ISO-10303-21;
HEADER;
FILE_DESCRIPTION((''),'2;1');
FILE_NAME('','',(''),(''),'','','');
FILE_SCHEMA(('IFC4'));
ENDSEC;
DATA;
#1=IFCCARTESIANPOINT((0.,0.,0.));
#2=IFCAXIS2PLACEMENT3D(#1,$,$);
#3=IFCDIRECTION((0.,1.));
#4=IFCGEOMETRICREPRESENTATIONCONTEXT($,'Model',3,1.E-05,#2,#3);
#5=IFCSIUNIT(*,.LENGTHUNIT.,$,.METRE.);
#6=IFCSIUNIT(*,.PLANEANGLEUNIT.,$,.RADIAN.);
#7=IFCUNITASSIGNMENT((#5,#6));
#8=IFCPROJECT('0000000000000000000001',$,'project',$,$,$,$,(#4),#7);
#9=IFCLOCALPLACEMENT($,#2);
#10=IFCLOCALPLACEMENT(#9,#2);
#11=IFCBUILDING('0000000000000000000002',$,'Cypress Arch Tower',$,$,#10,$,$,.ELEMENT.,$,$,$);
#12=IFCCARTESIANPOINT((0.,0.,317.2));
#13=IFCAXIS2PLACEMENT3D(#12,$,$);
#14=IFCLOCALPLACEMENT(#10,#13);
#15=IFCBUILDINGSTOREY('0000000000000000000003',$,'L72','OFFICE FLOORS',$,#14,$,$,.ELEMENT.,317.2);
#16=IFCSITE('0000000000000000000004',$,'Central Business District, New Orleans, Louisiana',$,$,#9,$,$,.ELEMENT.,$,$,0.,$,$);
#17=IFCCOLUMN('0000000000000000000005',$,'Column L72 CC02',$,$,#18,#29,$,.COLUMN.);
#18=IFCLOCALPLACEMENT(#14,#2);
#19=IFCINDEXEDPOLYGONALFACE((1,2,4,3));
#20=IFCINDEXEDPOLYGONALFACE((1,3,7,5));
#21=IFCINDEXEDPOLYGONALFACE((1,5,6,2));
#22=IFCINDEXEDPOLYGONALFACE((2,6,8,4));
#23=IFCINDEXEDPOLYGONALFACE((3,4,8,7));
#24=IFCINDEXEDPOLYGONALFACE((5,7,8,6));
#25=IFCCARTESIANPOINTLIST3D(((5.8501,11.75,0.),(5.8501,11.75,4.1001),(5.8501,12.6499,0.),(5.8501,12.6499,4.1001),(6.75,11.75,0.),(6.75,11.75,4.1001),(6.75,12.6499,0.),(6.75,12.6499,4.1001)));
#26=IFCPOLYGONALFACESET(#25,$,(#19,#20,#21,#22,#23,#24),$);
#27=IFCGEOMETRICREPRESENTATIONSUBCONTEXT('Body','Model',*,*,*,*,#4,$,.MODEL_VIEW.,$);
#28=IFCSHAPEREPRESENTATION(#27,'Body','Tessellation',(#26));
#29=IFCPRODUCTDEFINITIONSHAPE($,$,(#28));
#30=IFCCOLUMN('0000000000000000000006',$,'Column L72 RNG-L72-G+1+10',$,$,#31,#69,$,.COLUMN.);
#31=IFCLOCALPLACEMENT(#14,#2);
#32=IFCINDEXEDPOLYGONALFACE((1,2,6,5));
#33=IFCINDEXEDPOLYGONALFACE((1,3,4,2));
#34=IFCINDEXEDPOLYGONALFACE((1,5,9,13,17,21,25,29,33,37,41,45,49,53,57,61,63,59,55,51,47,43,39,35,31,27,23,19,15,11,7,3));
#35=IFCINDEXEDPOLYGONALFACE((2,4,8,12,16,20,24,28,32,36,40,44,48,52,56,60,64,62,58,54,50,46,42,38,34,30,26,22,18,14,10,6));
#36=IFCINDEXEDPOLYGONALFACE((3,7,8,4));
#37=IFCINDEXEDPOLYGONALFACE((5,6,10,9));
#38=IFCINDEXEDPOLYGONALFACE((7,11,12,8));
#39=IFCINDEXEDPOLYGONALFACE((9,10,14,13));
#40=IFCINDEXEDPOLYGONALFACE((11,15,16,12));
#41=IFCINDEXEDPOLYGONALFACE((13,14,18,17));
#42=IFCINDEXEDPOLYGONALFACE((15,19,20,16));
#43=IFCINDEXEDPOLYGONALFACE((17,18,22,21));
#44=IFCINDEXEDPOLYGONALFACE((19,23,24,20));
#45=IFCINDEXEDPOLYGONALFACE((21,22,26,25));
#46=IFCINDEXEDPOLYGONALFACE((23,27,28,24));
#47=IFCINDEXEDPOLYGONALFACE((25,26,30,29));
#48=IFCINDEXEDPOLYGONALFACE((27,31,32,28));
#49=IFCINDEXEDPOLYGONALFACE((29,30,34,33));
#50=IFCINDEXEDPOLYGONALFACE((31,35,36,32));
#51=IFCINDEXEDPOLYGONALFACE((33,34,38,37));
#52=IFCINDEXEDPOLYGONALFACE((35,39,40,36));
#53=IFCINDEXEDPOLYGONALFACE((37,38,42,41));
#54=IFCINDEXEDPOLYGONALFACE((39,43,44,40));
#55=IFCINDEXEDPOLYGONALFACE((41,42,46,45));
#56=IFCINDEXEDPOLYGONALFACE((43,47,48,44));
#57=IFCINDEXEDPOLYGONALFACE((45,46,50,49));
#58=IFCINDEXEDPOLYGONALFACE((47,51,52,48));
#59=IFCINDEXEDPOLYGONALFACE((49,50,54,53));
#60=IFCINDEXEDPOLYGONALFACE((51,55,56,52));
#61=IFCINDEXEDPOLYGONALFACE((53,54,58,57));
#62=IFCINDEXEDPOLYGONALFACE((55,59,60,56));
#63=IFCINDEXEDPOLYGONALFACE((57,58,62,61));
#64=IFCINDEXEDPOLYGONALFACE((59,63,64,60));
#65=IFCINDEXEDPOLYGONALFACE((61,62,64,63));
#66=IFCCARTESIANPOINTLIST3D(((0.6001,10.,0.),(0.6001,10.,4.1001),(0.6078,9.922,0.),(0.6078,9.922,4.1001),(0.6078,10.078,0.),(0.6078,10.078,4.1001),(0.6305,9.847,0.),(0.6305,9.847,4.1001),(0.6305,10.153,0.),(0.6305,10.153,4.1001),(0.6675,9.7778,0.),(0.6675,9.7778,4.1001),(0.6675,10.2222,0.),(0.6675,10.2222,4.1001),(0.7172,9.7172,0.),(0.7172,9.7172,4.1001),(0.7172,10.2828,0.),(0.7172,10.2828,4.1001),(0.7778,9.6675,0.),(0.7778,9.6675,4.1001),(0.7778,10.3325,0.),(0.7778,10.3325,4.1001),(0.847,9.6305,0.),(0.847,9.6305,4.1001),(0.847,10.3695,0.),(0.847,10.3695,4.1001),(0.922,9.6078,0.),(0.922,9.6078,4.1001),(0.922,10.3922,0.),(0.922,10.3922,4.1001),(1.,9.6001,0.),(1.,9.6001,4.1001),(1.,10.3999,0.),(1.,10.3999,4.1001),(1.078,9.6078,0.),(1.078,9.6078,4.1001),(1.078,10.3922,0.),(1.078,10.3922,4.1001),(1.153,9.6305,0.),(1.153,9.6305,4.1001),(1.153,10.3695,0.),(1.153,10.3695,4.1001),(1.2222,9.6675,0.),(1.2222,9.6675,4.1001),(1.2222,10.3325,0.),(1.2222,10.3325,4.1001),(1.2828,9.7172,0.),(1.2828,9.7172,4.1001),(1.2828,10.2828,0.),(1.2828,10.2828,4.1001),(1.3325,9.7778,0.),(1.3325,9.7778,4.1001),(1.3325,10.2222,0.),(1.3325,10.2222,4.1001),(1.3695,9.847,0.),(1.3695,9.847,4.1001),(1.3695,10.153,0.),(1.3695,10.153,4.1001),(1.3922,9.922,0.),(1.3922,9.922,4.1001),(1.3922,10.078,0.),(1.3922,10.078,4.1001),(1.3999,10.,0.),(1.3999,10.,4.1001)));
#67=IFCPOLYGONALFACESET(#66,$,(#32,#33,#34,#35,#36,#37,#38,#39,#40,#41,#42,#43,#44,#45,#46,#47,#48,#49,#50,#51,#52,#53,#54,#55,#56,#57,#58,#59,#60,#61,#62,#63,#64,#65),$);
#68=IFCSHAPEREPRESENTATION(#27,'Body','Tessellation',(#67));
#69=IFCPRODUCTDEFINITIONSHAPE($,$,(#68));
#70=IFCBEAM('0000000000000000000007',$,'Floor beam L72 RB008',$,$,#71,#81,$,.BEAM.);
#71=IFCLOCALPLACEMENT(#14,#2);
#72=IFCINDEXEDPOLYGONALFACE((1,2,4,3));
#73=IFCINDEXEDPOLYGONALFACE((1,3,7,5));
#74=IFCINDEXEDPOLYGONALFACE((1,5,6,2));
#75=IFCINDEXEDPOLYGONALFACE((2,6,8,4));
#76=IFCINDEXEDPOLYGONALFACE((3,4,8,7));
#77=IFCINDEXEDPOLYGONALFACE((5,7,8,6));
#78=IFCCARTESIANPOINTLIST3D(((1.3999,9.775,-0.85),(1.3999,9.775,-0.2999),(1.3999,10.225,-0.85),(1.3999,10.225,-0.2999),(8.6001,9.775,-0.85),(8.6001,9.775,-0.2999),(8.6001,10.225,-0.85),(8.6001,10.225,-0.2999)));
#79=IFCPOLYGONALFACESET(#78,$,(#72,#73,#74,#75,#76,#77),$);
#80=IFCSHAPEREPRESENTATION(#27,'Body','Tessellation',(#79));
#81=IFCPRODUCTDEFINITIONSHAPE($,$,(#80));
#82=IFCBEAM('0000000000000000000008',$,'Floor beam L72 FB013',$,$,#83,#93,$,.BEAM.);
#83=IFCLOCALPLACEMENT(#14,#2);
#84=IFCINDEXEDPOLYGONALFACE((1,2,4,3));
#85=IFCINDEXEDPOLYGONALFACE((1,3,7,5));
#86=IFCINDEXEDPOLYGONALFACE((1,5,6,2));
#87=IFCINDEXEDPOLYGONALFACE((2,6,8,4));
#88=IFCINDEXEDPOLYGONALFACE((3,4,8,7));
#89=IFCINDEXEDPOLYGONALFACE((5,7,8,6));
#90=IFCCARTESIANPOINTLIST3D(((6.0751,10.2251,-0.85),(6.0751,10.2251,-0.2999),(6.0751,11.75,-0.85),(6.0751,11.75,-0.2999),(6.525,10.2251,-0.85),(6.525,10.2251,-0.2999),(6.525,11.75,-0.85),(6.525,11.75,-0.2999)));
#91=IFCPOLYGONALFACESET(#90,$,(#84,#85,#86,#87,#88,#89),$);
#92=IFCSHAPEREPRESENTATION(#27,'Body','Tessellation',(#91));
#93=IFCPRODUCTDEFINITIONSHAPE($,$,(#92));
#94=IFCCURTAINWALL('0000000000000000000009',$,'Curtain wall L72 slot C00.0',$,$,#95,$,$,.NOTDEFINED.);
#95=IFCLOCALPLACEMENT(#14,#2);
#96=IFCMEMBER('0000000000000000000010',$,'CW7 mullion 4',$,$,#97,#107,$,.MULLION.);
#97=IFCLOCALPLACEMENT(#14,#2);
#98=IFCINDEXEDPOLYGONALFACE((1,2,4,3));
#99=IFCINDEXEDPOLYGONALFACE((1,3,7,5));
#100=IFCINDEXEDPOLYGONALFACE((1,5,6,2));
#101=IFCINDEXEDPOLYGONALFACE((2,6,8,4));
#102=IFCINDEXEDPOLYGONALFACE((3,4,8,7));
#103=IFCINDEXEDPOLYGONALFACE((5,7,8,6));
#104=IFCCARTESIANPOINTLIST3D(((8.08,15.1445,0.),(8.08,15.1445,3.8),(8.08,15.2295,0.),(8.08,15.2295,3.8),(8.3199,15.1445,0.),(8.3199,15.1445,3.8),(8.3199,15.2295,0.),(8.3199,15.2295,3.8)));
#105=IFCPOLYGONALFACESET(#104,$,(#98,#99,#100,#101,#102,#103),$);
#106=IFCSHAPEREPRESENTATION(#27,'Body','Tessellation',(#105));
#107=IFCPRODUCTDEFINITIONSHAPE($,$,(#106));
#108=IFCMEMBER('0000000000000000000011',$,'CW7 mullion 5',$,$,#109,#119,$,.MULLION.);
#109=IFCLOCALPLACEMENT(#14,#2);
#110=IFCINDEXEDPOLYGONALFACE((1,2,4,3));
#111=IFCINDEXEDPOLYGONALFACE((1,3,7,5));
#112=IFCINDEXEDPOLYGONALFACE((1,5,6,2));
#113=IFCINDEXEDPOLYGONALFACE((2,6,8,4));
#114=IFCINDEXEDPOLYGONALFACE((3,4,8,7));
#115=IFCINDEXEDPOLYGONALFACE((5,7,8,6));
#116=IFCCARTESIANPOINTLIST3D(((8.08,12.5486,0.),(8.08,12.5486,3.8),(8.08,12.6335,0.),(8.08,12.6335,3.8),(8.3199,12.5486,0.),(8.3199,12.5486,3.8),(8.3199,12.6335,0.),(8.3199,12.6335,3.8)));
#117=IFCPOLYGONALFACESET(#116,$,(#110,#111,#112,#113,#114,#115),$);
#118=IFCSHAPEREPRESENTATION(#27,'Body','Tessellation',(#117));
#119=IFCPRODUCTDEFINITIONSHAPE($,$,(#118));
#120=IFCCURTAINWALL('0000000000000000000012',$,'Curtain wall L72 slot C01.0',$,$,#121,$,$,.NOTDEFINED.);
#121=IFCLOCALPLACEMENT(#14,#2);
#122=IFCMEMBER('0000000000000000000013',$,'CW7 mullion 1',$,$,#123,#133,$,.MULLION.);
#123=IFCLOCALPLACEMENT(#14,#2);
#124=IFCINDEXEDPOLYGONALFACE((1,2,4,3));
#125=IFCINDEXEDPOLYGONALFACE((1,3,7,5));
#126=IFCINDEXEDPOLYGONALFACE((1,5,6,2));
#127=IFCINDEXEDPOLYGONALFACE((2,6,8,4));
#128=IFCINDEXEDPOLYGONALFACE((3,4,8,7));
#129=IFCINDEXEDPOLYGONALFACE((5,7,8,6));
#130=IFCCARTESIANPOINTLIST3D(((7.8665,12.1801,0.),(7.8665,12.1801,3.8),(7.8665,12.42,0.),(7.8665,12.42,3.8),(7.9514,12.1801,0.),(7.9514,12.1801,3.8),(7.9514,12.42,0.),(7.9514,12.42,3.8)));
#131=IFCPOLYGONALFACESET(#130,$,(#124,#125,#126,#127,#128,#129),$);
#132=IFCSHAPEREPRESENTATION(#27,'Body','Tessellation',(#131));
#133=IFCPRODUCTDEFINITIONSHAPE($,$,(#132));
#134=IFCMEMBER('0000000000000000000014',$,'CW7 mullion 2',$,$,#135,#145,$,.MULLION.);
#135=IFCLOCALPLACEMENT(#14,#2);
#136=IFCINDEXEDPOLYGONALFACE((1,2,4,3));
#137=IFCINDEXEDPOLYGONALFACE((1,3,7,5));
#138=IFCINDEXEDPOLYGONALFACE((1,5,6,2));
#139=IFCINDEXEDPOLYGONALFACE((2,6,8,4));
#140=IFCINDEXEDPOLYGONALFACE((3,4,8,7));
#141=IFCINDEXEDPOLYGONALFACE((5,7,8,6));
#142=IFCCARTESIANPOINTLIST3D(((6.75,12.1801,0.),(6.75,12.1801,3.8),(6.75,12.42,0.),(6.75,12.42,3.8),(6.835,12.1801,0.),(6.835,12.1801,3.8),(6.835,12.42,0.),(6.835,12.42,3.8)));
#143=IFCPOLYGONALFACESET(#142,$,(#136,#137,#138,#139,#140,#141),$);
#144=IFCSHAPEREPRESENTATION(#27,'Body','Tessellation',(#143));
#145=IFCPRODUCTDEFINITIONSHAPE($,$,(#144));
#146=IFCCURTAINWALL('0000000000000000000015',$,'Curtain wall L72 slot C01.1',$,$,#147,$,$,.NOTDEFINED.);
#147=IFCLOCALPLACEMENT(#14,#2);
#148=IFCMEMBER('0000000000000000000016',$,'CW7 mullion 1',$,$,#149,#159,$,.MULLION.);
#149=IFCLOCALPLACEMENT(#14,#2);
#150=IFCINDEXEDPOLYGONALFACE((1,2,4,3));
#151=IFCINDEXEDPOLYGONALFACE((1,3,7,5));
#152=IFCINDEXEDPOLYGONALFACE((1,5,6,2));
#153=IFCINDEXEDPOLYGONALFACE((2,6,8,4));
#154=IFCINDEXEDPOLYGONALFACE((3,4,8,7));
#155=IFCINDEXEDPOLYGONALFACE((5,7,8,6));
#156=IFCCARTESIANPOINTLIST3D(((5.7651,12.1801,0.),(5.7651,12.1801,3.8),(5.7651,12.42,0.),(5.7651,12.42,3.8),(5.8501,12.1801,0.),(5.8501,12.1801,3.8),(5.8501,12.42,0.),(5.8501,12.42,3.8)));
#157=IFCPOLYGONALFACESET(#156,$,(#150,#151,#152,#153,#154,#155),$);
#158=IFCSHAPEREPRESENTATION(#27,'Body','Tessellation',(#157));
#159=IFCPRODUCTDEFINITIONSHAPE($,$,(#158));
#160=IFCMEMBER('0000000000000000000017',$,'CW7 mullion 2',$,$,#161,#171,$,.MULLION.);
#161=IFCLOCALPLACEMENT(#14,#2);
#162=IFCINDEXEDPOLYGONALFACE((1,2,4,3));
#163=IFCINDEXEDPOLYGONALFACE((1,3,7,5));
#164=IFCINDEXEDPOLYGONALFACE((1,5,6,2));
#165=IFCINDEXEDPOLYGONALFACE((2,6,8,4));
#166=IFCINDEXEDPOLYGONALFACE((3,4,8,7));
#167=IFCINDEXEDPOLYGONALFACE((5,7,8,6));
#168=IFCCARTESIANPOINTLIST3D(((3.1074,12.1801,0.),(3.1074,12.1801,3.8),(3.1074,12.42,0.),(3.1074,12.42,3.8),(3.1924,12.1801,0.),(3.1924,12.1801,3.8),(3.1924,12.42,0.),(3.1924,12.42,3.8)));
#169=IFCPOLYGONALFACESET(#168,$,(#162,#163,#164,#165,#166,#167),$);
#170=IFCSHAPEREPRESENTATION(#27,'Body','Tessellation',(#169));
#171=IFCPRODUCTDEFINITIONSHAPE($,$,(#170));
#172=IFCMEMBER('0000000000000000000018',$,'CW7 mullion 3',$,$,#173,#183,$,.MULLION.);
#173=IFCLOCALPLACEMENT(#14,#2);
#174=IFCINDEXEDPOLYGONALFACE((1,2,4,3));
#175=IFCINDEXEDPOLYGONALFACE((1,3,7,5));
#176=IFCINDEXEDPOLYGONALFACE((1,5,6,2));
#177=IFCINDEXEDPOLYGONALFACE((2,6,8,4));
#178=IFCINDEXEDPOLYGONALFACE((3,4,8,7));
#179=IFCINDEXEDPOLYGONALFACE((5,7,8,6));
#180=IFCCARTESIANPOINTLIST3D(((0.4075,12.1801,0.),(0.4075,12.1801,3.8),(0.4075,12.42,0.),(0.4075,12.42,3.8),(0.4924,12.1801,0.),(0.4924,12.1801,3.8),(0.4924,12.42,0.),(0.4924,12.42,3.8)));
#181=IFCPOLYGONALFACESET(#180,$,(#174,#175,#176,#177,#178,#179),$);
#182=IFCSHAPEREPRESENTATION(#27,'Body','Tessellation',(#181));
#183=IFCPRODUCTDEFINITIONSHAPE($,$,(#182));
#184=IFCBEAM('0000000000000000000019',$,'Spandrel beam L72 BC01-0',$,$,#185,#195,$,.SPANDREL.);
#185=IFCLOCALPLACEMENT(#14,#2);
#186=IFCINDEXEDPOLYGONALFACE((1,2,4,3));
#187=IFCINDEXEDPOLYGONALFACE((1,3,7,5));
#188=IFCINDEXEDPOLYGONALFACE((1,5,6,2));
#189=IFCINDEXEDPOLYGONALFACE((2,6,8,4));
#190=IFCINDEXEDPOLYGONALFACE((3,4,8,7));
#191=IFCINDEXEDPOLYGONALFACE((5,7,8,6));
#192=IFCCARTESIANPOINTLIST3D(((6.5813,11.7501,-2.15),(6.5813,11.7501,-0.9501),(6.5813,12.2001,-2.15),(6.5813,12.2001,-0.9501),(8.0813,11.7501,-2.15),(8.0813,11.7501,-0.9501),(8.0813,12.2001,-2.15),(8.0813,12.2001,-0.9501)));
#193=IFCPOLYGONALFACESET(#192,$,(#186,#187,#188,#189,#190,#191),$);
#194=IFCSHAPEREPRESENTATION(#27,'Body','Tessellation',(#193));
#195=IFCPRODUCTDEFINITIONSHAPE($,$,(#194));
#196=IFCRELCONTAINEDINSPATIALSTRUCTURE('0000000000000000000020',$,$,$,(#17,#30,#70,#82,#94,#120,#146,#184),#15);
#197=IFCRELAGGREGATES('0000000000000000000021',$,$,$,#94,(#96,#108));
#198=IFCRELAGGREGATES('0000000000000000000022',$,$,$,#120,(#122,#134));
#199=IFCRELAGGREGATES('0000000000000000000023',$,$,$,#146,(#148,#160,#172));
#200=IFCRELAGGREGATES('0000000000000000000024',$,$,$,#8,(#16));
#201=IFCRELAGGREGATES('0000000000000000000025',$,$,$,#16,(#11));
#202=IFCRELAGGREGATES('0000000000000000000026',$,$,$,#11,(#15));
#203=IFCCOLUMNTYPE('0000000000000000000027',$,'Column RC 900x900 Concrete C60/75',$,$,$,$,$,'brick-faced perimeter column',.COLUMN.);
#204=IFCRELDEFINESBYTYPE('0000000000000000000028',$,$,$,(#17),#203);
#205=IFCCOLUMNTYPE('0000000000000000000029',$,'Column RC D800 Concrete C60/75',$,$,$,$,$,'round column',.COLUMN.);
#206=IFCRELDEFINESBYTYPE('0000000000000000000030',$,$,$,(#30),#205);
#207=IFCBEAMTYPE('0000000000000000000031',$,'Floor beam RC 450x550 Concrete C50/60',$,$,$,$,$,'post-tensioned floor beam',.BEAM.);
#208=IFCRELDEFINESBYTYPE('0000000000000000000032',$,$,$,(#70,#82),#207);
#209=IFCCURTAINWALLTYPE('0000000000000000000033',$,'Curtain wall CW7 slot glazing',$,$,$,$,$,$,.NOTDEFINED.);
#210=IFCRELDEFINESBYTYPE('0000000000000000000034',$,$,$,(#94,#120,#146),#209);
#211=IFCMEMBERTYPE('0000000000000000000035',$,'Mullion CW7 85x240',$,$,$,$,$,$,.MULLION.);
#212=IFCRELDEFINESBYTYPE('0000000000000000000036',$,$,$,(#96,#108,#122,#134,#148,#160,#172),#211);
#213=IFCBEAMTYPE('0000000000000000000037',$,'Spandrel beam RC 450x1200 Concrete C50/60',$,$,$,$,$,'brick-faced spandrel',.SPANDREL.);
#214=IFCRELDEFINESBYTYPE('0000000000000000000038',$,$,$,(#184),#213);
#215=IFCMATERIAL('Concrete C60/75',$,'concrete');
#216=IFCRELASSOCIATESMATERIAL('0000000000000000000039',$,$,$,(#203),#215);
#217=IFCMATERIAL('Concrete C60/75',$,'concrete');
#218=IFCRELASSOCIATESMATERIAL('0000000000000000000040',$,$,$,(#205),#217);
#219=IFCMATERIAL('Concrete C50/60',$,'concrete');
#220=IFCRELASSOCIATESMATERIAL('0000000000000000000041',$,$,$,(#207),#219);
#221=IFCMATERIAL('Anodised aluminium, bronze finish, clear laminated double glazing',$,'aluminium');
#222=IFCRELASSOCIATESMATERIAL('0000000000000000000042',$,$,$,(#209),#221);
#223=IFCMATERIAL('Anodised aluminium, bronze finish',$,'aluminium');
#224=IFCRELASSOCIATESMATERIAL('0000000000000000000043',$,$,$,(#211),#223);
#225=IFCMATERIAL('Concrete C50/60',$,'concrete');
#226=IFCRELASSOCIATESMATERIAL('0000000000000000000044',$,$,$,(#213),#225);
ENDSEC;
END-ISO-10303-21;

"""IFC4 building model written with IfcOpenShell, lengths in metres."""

from ifc_helpers import new_model, si_unit, direction, frame, origin, origin_2d, place, context, subcontext, project, spatial, rectangle, circle, extrude, material, material_profile, profile_set, type_object, element, aggregate, save


model = new_model("IFC4")

# Units and contexts
model_context = context("Model", 3, precision=1e-05, world=origin(), true_north=direction((0.0, 1.0)))
body_context = subcontext(model_context, "Body", "Model", "MODEL_VIEW")
ifc_project = project(units=[si_unit("LENGTHUNIT", "METRE"), si_unit("PLANEANGLEUNIT", "RADIAN")], contexts=[model_context])

# Site, building, storey
site_placement = place(None, origin())
site = spatial("IfcSite", under=ifc_project, at=site_placement, Name="Central Business District, New Orleans, Louisiana", CompositionType="ELEMENT", RefElevation=0.0)
building_placement = place(site_placement, origin())
building = spatial("IfcBuilding", under=site, at=building_placement, Name="Cypress Arch Tower", CompositionType="ELEMENT")
storey_placement = place(building_placement, frame((0.0, 0.0, 317.2)))
storey = spatial("IfcBuildingStorey", under=building, at=storey_placement, Name="L72", Description="OFFICE FLOORS", CompositionType="ELEMENT", Elevation=317.2)

# Columns
ifc_material_1 = material(Name="Concrete C60/75", Category="concrete")
ifc_material_profile_1 = material_profile(ifc_material_1, rectangle(XDim=0.8999, YDim=0.8999, at=origin_2d()), Name="RC 900x900")
ifc_profile_set_1 = profile_set([ifc_material_profile_1], Name="Concrete C60/75")
column_type_1 = type_object("IfcColumnType", Name="Column RC 900x900 Concrete C60/75", ElementType="brick-faced perimeter column", PredefinedType="COLUMN", material=ifc_profile_set_1)
column_1_placement = place(storey_placement, frame((6.3, 12.2, 0.0), z_axis=(0.0, 0.0, 1.0), x_axis=(-1.0, 0.0, 0.0)))
element("IfcColumn", 1, at=column_1_placement, inside=storey, type_object=column_type_1, Name="Column L72 CC02", PredefinedType="COLUMN", context=body_context, shape_type="SweptSolid", body=[
    extrude(rectangle(XDim=0.8999, YDim=0.8999, at=origin_2d()), origin(), (0.0, 0.0, 1.0), 4.1001),
])
ifc_material_2 = material(Name="Concrete C60/75", Category="concrete")
ifc_material_profile_2 = material_profile(ifc_material_2, circle(Radius=0.3999, at=origin_2d()), Name="RC D800")
ifc_profile_set_2 = profile_set([ifc_material_profile_2], Name="Concrete C60/75")
column_type_2 = type_object("IfcColumnType", Name="Column RC D800 Concrete C60/75", ElementType="round column", PredefinedType="COLUMN", material=ifc_profile_set_2)
column_2_placement = place(storey_placement, frame((1.0, 10.0, 0.0), z_axis=(0.0, 0.0, 1.0), x_axis=(1.0, 0.0, 0.0)))
element("IfcColumn", 2, at=column_2_placement, inside=storey, type_object=column_type_2, Name="Column L72 RNG-L72-G+1+10", PredefinedType="COLUMN", context=body_context, shape_type="SweptSolid", body=[
    extrude(circle(Radius=0.3999, at=origin_2d()), origin(), (0.0, 0.0, 1.0), 4.1001),
])

# Beams
ifc_material_3 = material(Name="Concrete C50/60", Category="concrete")
ifc_material_profile_3 = material_profile(ifc_material_3, rectangle(XDim=0.45, YDim=0.55, at=origin_2d()), Name="RC 450x550")
ifc_profile_set_3 = profile_set([ifc_material_profile_3], Name="Concrete C50/60")
beam_type_1 = type_object("IfcBeamType", Name="Floor beam RC 450x550 Concrete C50/60", ElementType="post-tensioned floor beam", PredefinedType="BEAM", material=ifc_profile_set_3)
beam_1_placement = place(storey_placement, frame((1.3999, 10.0, -0.575), z_axis=(1.0, 0.0, 0.0), x_axis=(0.0, 1.0, 0.0)))
element("IfcBeam", 3, at=beam_1_placement, inside=storey, type_object=beam_type_1, Name="Floor beam L72 RB008", PredefinedType="BEAM", context=body_context, shape_type="SweptSolid", body=[
    extrude(rectangle(XDim=0.45, YDim=0.55, at=origin_2d()), origin(), (0.0, 0.0, 1.0), 7.2002),
])
beam_2_placement = place(storey_placement, frame((6.3, 10.2251, -0.575), z_axis=(0.0, 1.0, 0.0), x_axis=(-1.0, 0.0, 0.0)))
element("IfcBeam", 4, at=beam_2_placement, inside=storey, type_object=beam_type_1, Name="Floor beam L72 FB013", PredefinedType="BEAM", context=body_context, shape_type="SweptSolid", body=[
    extrude(rectangle(XDim=0.45, YDim=0.55, at=origin_2d()), origin(), (0.0, 0.0, 1.0), 1.5249),
])

# Curtain walls, members
ifc_material_4 = material(Name="Anodised aluminium, bronze finish, clear laminated double glazing", Category="aluminium")
curtain_wall_type = type_object("IfcCurtainWallType", Name="Curtain wall CW7 slot glazing", PredefinedType="NOTDEFINED", material=ifc_material_4)
curtain_wall_1_placement = place(storey_placement, origin())
curtain_wall_1 = element("IfcCurtainWall", 5, at=curtain_wall_1_placement, inside=storey, type_object=curtain_wall_type, Name="Curtain wall L72 slot C00.0", PredefinedType="NOTDEFINED")
ifc_material_5 = material(Name="Anodised aluminium, bronze finish", Category="aluminium")
ifc_material_profile_4 = material_profile(ifc_material_5, rectangle(XDim=0.24, YDim=0.085, at=origin_2d()), Name="Mullion 85x240")
ifc_profile_set_4 = profile_set([ifc_material_profile_4], Name="Anodised aluminium, bronze finish")
member_type_1 = type_object("IfcMemberType", Name="Mullion CW7 85x240", PredefinedType="MULLION", material=ifc_profile_set_4)
member_1_placement = place(storey_placement, frame((8.2, 15.187, 0.0), z_axis=(0.0, 0.0, 1.0), x_axis=(1.0, 0.0, 0.0)))
member_1 = element("IfcMember", 6, at=member_1_placement, type_object=member_type_1, Name="CW7 mullion 4", PredefinedType="MULLION", context=body_context, shape_type="SweptSolid", body=[
    extrude(rectangle(XDim=0.24, YDim=0.085, at=origin_2d()), origin(), (0.0, 0.0, 1.0), 3.8),
])
member_2_placement = place(storey_placement, frame((8.2, 12.5911, 0.0), z_axis=(0.0, 0.0, 1.0), x_axis=(1.0, 0.0, 0.0)))
member_2 = element("IfcMember", 7, at=member_2_placement, type_object=member_type_1, Name="CW7 mullion 5", PredefinedType="MULLION", context=body_context, shape_type="SweptSolid", body=[
    extrude(rectangle(XDim=0.24, YDim=0.085, at=origin_2d()), origin(), (0.0, 0.0, 1.0), 3.8),
])
curtain_wall_2_placement = place(storey_placement, origin())
curtain_wall_2 = element("IfcCurtainWall", 8, at=curtain_wall_2_placement, inside=storey, type_object=curtain_wall_type, Name="Curtain wall L72 slot C01.0", PredefinedType="NOTDEFINED")
member_3_placement = place(storey_placement, frame((7.9089, 12.3, 0.0), z_axis=(0.0, 0.0, 1.0), x_axis=(0.0, -1.0, 0.0)))
member_3 = element("IfcMember", 9, at=member_3_placement, type_object=member_type_1, Name="CW7 mullion 1", PredefinedType="MULLION", context=body_context, shape_type="SweptSolid", body=[
    extrude(rectangle(XDim=0.24, YDim=0.085, at=origin_2d()), origin(), (0.0, 0.0, 1.0), 3.8),
])
member_4_placement = place(storey_placement, frame((6.7925, 12.3, 0.0), z_axis=(0.0, 0.0, 1.0), x_axis=(0.0, -1.0, 0.0)))
member_4 = element("IfcMember", 10, at=member_4_placement, type_object=member_type_1, Name="CW7 mullion 2", PredefinedType="MULLION", context=body_context, shape_type="SweptSolid", body=[
    extrude(rectangle(XDim=0.24, YDim=0.085, at=origin_2d()), origin(), (0.0, 0.0, 1.0), 3.8),
])
curtain_wall_3_placement = place(storey_placement, origin())
curtain_wall_3 = element("IfcCurtainWall", 11, at=curtain_wall_3_placement, inside=storey, type_object=curtain_wall_type, Name="Curtain wall L72 slot C01.1", PredefinedType="NOTDEFINED")
member_5_placement = place(storey_placement, frame((5.8076, 12.3, 0.0), z_axis=(0.0, 0.0, 1.0), x_axis=(0.0, -1.0, 0.0)))
member_5 = element("IfcMember", 12, at=member_5_placement, type_object=member_type_1, Name="CW7 mullion 1", PredefinedType="MULLION", context=body_context, shape_type="SweptSolid", body=[
    extrude(rectangle(XDim=0.24, YDim=0.085, at=origin_2d()), origin(), (0.0, 0.0, 1.0), 3.8),
])
member_6_placement = place(storey_placement, frame((3.1499, 12.3, 0.0), z_axis=(0.0, 0.0, 1.0), x_axis=(0.0, -1.0, 0.0)))
member_6 = element("IfcMember", 13, at=member_6_placement, type_object=member_type_1, Name="CW7 mullion 2", PredefinedType="MULLION", context=body_context, shape_type="SweptSolid", body=[
    extrude(rectangle(XDim=0.24, YDim=0.085, at=origin_2d()), origin(), (0.0, 0.0, 1.0), 3.8),
])
member_7_placement = place(storey_placement, frame((0.45, 12.3, 0.0), z_axis=(0.0, 0.0, 1.0), x_axis=(0.0, -1.0, 0.0)))
member_7 = element("IfcMember", 14, at=member_7_placement, type_object=member_type_1, Name="CW7 mullion 3", PredefinedType="MULLION", context=body_context, shape_type="SweptSolid", body=[
    extrude(rectangle(XDim=0.24, YDim=0.085, at=origin_2d()), origin(), (0.0, 0.0, 1.0), 3.8),
])

# Beam
ifc_material_6 = material(Name="Concrete C50/60", Category="concrete")
ifc_material_profile_5 = material_profile(ifc_material_6, rectangle(XDim=0.45, YDim=1.2, at=origin_2d()), Name="RC 450x1200")
ifc_profile_set_5 = profile_set([ifc_material_profile_5], Name="Concrete C50/60")
beam_type_2 = type_object("IfcBeamType", Name="Spandrel beam RC 450x1200 Concrete C50/60", ElementType="brick-faced spandrel", PredefinedType="SPANDREL", material=ifc_profile_set_5)
beam_3_placement = place(storey_placement, frame((8.0813, 11.9751, -1.55), z_axis=(-1.0, 0.0, 0.0), x_axis=(0.0, -1.0, 0.0)))
element("IfcBeam", 15, at=beam_3_placement, inside=storey, type_object=beam_type_2, Name="Spandrel beam L72 BC01-0", PredefinedType="SPANDREL", context=body_context, shape_type="SweptSolid", body=[
    extrude(rectangle(XDim=0.45, YDim=1.2, at=origin_2d()), origin(), (0.0, 0.0, 1.0), 1.5),
])

aggregate(curtain_wall_1, [member_1, member_2])
aggregate(curtain_wall_2, [member_3, member_4])
aggregate(curtain_wall_3, [member_5, member_6, member_7])

save(model, "model.ifc")
